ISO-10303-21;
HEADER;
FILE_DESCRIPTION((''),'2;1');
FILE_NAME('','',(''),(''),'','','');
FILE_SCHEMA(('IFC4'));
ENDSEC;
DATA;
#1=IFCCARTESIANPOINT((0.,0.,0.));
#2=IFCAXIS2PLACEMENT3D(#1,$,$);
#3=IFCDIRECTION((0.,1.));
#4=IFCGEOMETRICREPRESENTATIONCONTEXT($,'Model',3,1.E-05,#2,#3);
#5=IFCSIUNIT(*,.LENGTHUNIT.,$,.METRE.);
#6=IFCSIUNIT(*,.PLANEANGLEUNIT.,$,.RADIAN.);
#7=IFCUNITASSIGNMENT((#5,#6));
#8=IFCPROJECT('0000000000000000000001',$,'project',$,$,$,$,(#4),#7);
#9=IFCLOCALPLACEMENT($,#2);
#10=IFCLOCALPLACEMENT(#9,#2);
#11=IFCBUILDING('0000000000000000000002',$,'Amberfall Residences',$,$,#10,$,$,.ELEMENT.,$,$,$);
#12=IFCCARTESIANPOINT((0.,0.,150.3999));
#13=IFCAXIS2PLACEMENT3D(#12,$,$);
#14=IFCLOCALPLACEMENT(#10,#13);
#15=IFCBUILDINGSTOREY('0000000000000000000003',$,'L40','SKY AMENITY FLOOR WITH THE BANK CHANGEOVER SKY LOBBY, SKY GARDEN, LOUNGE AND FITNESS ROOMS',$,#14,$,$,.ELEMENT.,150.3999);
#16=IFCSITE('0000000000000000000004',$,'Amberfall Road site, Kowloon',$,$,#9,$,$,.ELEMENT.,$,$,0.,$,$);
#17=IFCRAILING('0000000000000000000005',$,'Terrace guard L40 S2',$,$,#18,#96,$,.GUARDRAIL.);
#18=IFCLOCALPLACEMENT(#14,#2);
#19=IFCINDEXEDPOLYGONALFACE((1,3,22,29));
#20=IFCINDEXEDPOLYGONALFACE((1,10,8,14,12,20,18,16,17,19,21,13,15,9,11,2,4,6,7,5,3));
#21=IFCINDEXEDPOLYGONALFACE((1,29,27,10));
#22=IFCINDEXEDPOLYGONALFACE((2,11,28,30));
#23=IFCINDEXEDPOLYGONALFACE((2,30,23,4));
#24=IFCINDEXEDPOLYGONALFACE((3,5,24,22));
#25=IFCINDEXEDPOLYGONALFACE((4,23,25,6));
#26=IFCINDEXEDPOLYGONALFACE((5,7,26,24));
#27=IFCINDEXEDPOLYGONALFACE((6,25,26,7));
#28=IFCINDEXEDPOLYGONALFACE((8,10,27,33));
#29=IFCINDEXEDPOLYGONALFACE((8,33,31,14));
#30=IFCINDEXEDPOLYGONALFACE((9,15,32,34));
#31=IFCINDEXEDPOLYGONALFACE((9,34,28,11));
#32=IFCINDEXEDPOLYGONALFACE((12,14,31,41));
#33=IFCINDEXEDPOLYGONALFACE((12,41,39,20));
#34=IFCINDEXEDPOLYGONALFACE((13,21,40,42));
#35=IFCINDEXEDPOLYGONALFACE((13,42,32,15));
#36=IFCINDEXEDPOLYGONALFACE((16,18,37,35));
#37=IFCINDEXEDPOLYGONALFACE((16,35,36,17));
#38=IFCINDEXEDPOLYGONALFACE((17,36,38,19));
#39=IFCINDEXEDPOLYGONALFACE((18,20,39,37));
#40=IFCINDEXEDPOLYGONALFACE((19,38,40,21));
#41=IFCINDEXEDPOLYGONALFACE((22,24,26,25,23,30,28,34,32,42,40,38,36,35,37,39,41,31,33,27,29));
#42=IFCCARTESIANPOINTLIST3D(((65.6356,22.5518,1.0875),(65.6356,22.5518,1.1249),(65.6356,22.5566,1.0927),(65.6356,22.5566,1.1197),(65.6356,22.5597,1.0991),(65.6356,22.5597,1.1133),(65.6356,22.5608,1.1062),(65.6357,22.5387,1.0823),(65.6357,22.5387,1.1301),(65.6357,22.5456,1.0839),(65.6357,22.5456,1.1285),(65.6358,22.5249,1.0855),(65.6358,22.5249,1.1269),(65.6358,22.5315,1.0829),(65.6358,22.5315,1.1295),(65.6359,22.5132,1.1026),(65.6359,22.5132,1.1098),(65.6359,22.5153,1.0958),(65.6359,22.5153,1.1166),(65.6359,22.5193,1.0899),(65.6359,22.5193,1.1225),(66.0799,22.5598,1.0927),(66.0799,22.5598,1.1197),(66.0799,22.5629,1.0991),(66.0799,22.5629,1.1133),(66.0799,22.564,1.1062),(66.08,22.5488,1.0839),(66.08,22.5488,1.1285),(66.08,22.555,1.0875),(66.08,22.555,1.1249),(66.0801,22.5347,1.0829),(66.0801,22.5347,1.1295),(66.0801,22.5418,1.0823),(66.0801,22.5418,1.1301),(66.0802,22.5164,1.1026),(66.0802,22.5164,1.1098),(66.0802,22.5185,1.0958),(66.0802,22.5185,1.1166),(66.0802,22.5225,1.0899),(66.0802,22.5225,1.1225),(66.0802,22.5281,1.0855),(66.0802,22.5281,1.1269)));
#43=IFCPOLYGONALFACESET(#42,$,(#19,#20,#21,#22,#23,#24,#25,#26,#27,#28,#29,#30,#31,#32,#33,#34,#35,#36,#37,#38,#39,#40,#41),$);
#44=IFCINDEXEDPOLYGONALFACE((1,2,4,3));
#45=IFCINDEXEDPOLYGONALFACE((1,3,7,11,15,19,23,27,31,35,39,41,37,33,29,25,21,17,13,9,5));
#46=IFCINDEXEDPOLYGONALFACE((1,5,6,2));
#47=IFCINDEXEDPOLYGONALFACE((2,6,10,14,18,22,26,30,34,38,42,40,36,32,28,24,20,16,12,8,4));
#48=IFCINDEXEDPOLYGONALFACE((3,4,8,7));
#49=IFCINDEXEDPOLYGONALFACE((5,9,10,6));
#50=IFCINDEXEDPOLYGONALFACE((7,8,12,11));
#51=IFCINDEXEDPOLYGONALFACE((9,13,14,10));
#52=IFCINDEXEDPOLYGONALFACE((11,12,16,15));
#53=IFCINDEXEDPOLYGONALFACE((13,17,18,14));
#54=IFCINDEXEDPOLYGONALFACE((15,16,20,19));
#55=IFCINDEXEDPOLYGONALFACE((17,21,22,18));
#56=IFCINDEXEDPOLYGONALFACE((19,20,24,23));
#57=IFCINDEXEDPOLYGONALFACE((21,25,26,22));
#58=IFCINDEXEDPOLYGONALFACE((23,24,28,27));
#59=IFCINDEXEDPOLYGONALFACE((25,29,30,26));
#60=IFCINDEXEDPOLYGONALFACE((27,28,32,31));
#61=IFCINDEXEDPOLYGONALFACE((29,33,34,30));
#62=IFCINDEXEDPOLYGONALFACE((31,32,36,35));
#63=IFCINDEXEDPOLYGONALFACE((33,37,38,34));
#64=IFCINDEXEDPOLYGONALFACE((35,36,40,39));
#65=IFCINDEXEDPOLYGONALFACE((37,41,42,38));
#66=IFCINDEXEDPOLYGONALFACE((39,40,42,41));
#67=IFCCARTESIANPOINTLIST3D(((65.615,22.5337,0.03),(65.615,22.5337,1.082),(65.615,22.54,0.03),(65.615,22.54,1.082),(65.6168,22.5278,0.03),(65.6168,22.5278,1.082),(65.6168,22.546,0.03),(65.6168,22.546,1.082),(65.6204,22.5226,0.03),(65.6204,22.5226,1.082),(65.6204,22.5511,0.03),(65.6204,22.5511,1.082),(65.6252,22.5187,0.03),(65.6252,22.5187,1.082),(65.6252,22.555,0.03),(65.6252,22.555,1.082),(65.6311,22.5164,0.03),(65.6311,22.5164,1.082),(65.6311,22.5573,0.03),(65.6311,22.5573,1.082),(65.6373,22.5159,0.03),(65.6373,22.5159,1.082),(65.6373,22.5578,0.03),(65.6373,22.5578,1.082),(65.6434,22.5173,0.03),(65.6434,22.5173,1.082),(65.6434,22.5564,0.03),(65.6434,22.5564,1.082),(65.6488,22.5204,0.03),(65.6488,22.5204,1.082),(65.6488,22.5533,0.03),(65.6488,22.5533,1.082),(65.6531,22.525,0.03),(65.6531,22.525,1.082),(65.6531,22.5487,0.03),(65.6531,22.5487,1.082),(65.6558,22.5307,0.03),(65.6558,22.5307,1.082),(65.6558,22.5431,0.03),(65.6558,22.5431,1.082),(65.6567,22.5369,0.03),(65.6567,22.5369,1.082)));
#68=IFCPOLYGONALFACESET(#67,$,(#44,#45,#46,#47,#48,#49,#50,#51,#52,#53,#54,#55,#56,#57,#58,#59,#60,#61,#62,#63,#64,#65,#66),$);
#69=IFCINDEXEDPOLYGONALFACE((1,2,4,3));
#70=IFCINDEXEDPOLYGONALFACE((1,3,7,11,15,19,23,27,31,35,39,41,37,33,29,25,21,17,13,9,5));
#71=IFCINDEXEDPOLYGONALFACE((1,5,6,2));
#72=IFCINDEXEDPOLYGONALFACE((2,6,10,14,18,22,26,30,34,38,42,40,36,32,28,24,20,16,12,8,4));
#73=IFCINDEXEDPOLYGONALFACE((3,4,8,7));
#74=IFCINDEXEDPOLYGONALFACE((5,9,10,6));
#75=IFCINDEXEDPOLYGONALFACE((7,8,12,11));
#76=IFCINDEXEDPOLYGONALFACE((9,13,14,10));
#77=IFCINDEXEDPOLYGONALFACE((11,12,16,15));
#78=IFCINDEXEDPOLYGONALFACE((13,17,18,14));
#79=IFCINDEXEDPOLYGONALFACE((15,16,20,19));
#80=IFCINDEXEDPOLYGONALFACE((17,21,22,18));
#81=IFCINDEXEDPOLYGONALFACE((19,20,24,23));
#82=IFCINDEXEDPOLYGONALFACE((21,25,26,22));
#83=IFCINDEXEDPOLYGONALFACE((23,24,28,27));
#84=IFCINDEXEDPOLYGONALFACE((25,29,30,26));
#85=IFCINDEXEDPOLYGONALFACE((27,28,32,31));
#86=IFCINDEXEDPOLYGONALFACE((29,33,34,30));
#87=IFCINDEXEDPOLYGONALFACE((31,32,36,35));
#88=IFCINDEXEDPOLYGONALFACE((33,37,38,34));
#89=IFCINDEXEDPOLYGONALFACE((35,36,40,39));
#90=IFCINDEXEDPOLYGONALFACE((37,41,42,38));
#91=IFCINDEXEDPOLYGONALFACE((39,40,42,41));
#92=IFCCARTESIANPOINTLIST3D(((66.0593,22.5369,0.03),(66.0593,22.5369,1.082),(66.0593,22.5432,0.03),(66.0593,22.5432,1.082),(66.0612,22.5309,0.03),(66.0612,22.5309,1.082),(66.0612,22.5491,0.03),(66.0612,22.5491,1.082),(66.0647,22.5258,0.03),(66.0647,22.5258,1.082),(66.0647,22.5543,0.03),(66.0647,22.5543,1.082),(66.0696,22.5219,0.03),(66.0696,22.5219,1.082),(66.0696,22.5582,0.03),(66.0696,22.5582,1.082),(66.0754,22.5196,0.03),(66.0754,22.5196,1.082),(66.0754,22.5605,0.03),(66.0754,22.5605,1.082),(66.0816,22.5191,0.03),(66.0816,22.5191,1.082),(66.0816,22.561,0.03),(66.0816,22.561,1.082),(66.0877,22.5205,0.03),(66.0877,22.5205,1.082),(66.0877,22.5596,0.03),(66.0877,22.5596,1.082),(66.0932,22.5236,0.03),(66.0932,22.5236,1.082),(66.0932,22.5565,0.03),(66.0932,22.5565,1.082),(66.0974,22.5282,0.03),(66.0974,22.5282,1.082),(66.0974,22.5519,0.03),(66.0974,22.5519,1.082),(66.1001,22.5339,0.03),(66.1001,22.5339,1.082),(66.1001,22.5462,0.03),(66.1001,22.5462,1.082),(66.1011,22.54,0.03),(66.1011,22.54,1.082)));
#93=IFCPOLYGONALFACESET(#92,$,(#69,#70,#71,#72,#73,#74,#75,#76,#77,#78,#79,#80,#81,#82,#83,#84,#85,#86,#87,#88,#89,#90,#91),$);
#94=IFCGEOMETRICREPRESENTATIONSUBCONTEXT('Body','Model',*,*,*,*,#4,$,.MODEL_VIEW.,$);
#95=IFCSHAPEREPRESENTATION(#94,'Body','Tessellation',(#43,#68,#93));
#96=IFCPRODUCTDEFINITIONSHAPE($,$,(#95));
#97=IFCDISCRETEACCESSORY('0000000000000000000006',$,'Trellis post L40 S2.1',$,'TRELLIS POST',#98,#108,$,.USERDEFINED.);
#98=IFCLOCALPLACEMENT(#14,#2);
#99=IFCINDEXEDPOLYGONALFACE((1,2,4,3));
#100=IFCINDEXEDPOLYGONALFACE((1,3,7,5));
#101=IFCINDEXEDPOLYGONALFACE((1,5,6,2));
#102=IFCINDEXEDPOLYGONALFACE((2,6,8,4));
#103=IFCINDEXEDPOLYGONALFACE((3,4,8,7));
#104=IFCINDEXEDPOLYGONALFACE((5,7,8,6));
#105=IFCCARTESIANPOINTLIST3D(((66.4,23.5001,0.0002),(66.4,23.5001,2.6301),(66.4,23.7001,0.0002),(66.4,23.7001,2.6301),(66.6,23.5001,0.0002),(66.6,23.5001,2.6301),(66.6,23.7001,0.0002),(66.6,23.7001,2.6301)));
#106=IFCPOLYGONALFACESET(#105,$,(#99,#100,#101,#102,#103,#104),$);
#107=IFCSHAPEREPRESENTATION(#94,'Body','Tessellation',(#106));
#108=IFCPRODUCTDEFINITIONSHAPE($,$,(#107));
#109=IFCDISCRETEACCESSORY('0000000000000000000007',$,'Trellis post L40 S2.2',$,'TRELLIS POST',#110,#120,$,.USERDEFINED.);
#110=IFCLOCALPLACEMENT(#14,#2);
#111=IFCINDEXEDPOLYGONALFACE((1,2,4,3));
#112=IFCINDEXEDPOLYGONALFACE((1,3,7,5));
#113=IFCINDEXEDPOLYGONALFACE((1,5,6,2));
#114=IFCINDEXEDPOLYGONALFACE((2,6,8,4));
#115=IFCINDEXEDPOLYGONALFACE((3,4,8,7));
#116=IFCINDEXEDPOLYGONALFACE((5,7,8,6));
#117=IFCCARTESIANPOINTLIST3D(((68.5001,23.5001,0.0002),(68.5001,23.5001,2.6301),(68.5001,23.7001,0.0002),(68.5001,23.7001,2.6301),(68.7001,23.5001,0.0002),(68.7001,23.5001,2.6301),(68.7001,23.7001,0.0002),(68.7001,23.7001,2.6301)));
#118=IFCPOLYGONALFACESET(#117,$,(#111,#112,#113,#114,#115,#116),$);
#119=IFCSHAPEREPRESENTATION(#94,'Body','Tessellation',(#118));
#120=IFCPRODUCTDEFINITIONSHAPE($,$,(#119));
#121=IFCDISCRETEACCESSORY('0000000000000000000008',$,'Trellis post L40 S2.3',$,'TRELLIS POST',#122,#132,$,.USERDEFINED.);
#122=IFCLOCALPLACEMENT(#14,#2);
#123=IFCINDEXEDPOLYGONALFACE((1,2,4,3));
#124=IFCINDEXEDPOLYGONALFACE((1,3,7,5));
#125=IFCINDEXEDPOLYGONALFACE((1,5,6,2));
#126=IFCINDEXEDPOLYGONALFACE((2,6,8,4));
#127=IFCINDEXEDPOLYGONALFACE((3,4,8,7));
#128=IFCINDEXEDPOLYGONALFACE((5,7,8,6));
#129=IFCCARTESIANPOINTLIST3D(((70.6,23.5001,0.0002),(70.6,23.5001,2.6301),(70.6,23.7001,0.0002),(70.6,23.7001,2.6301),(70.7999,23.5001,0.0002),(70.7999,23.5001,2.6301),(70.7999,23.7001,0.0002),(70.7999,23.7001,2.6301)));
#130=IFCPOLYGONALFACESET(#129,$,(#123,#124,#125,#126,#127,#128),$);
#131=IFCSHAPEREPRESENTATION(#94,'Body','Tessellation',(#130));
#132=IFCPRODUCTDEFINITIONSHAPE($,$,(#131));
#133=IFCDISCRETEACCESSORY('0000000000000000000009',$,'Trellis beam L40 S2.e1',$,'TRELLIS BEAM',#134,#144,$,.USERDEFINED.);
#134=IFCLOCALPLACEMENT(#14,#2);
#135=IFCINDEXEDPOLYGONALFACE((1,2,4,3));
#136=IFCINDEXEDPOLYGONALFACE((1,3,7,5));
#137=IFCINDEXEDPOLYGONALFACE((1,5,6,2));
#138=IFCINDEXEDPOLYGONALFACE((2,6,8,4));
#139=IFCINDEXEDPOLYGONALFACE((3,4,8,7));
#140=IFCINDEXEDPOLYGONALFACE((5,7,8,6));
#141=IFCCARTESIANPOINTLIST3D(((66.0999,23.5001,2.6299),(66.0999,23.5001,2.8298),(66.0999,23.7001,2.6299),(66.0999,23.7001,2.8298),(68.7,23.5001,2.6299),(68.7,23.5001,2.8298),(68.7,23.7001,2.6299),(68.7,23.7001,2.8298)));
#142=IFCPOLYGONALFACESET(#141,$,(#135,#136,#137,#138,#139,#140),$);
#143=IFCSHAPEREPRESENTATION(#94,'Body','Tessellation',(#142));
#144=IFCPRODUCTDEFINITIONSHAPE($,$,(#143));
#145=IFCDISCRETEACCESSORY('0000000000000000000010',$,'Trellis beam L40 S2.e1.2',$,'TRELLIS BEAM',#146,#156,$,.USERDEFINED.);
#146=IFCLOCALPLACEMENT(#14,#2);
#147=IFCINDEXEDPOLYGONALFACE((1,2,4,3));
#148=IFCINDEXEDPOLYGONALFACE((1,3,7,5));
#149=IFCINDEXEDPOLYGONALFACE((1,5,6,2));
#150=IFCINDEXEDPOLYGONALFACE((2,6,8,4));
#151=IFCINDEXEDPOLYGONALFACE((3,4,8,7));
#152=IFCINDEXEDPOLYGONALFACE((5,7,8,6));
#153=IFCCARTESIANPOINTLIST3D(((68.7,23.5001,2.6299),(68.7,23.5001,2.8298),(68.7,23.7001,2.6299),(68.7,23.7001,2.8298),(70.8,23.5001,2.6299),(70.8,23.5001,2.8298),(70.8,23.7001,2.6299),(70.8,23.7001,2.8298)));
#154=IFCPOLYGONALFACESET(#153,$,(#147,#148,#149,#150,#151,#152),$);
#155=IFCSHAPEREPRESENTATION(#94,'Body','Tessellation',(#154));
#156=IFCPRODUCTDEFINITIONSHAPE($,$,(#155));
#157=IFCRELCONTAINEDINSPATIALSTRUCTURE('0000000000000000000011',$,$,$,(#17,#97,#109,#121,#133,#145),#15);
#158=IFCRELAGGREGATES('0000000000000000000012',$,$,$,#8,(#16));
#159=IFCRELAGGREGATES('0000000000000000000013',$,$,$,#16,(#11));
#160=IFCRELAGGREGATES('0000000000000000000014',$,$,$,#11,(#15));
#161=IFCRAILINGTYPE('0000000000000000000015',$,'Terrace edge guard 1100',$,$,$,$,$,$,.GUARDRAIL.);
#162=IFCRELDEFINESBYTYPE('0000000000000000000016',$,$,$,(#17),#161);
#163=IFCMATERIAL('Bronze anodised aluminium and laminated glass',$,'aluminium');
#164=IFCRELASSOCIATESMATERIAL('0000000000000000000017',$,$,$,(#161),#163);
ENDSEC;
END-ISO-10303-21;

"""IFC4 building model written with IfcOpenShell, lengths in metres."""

from ifc_helpers import new_model, si_unit, direction, frame, origin, origin_2d, place, context, subcontext, project, spatial, rectangle, circle, extrude, material, type_object, element, save


model = new_model("IFC4")

# Units and contexts
model_context = context("Model", 3, precision=1e-05, world=origin(), true_north=direction((0.0, 1.0)))
body_context = subcontext(model_context, "Body", "Model", "MODEL_VIEW")
ifc_project = project(units=[si_unit("LENGTHUNIT", "METRE"), si_unit("PLANEANGLEUNIT", "RADIAN")], contexts=[model_context])

# Site, building, storey
site_placement = place(None, origin())
site = spatial("IfcSite", under=ifc_project, at=site_placement, Name="Amberfall Road site, Kowloon", CompositionType="ELEMENT", RefElevation=0.0)
building_placement = place(site_placement, origin())
building = spatial("IfcBuilding", under=site, at=building_placement, Name="Amberfall Residences", CompositionType="ELEMENT")
storey_placement = place(building_placement, frame((0.0, 0.0, 150.3999)))
storey = spatial("IfcBuildingStorey", under=building, at=storey_placement, Name="L40", Description="SKY AMENITY FLOOR WITH THE BANK CHANGEOVER SKY LOBBY, SKY GARDEN, LOUNGE AND FITNESS ROOMS", CompositionType="ELEMENT", Elevation=150.3999)

# Railing
ifc_material_1 = material(Name="Bronze anodised aluminium and laminated glass", Category="aluminium")
railing_type = type_object("IfcRailingType", Name="Terrace edge guard 1100", PredefinedType="GUARDRAIL", material=ifc_material_1)
railing_placement = place(storey_placement, frame((65.6357, 22.5369, 0.03)))
element("IfcRailing", 1, at=railing_placement, inside=storey, type_object=railing_type, Name="Terrace guard L40 S2", PredefinedType="GUARDRAIL", context=body_context, shape_type="SweptSolid", body=[
    extrude(circle(Radius=0.0239, at=origin_2d()), frame((0.0, 0.0, 1.0762), z_axis=(0.999974, 0.007143, 0.0), x_axis=(-0.007143, 0.999974, 0.0)), (0.0, 0.0, 1.0), 0.4443),
    extrude(circle(Radius=0.021, at=origin_2d()), origin(), (0.0, 0.0, 1.0), 1.052),
    extrude(circle(Radius=0.021, at=origin_2d()), frame((0.4443, 0.0032, 0.0)), (0.0, 0.0, 1.0), 1.052),
])

# Discrete accessories
for number, where, z_axis, x_axis, name in (
    (2, (66.5, 23.6001, 0.0002), (0.0, 0.0, 1.0), (1.0, 0.0, 0.0), "Trellis post L40 S2.1"),
    (3, (68.6001, 23.6001, 0.0002), (0.0, 0.0, 1.0), (1.0, 0.0, 0.0), "Trellis post L40 S2.2"),
    (4, (70.7, 23.6001, 0.0002), (0.0, 0.0, 1.0), (1.0, 0.0, 0.0), "Trellis post L40 S2.3"),
):
    element("IfcDiscreteAccessory", number, at=place(storey_placement, frame(where, z_axis=z_axis, x_axis=x_axis)), inside=storey, Name=name, ObjectType="TRELLIS POST", PredefinedType="USERDEFINED", context=body_context, shape_type="SweptSolid", body=[
        extrude(rectangle(XDim=0.2, YDim=0.2, at=origin_2d()), origin(), (0.0, 0.0, 1.0), 2.6299),
    ])
discrete_accessory_1_placement = place(storey_placement, frame((67.3999, 23.6001, 2.6299), z_axis=(0.0, 0.0, 1.0), x_axis=(1.0, 0.0, 0.0)))
element("IfcDiscreteAccessory", 5, at=discrete_accessory_1_placement, inside=storey, Name="Trellis beam L40 S2.e1", ObjectType="TRELLIS BEAM", PredefinedType="USERDEFINED", context=body_context, shape_type="SweptSolid", body=[
    extrude(rectangle(XDim=2.6001, YDim=0.2, at=origin_2d()), origin(), (0.0, 0.0, 1.0), 0.2),
])
discrete_accessory_2_placement = place(storey_placement, frame((69.75, 23.6001, 2.6299), z_axis=(0.0, 0.0, 1.0), x_axis=(1.0, 0.0, 0.0)))
element("IfcDiscreteAccessory", 6, at=discrete_accessory_2_placement, inside=storey, Name="Trellis beam L40 S2.e1.2", ObjectType="TRELLIS BEAM", PredefinedType="USERDEFINED", context=body_context, shape_type="SweptSolid", body=[
    extrude(rectangle(XDim=2.1001, YDim=0.2, at=origin_2d()), origin(), (0.0, 0.0, 1.0), 0.2),
])

save(model, "model.ifc")
